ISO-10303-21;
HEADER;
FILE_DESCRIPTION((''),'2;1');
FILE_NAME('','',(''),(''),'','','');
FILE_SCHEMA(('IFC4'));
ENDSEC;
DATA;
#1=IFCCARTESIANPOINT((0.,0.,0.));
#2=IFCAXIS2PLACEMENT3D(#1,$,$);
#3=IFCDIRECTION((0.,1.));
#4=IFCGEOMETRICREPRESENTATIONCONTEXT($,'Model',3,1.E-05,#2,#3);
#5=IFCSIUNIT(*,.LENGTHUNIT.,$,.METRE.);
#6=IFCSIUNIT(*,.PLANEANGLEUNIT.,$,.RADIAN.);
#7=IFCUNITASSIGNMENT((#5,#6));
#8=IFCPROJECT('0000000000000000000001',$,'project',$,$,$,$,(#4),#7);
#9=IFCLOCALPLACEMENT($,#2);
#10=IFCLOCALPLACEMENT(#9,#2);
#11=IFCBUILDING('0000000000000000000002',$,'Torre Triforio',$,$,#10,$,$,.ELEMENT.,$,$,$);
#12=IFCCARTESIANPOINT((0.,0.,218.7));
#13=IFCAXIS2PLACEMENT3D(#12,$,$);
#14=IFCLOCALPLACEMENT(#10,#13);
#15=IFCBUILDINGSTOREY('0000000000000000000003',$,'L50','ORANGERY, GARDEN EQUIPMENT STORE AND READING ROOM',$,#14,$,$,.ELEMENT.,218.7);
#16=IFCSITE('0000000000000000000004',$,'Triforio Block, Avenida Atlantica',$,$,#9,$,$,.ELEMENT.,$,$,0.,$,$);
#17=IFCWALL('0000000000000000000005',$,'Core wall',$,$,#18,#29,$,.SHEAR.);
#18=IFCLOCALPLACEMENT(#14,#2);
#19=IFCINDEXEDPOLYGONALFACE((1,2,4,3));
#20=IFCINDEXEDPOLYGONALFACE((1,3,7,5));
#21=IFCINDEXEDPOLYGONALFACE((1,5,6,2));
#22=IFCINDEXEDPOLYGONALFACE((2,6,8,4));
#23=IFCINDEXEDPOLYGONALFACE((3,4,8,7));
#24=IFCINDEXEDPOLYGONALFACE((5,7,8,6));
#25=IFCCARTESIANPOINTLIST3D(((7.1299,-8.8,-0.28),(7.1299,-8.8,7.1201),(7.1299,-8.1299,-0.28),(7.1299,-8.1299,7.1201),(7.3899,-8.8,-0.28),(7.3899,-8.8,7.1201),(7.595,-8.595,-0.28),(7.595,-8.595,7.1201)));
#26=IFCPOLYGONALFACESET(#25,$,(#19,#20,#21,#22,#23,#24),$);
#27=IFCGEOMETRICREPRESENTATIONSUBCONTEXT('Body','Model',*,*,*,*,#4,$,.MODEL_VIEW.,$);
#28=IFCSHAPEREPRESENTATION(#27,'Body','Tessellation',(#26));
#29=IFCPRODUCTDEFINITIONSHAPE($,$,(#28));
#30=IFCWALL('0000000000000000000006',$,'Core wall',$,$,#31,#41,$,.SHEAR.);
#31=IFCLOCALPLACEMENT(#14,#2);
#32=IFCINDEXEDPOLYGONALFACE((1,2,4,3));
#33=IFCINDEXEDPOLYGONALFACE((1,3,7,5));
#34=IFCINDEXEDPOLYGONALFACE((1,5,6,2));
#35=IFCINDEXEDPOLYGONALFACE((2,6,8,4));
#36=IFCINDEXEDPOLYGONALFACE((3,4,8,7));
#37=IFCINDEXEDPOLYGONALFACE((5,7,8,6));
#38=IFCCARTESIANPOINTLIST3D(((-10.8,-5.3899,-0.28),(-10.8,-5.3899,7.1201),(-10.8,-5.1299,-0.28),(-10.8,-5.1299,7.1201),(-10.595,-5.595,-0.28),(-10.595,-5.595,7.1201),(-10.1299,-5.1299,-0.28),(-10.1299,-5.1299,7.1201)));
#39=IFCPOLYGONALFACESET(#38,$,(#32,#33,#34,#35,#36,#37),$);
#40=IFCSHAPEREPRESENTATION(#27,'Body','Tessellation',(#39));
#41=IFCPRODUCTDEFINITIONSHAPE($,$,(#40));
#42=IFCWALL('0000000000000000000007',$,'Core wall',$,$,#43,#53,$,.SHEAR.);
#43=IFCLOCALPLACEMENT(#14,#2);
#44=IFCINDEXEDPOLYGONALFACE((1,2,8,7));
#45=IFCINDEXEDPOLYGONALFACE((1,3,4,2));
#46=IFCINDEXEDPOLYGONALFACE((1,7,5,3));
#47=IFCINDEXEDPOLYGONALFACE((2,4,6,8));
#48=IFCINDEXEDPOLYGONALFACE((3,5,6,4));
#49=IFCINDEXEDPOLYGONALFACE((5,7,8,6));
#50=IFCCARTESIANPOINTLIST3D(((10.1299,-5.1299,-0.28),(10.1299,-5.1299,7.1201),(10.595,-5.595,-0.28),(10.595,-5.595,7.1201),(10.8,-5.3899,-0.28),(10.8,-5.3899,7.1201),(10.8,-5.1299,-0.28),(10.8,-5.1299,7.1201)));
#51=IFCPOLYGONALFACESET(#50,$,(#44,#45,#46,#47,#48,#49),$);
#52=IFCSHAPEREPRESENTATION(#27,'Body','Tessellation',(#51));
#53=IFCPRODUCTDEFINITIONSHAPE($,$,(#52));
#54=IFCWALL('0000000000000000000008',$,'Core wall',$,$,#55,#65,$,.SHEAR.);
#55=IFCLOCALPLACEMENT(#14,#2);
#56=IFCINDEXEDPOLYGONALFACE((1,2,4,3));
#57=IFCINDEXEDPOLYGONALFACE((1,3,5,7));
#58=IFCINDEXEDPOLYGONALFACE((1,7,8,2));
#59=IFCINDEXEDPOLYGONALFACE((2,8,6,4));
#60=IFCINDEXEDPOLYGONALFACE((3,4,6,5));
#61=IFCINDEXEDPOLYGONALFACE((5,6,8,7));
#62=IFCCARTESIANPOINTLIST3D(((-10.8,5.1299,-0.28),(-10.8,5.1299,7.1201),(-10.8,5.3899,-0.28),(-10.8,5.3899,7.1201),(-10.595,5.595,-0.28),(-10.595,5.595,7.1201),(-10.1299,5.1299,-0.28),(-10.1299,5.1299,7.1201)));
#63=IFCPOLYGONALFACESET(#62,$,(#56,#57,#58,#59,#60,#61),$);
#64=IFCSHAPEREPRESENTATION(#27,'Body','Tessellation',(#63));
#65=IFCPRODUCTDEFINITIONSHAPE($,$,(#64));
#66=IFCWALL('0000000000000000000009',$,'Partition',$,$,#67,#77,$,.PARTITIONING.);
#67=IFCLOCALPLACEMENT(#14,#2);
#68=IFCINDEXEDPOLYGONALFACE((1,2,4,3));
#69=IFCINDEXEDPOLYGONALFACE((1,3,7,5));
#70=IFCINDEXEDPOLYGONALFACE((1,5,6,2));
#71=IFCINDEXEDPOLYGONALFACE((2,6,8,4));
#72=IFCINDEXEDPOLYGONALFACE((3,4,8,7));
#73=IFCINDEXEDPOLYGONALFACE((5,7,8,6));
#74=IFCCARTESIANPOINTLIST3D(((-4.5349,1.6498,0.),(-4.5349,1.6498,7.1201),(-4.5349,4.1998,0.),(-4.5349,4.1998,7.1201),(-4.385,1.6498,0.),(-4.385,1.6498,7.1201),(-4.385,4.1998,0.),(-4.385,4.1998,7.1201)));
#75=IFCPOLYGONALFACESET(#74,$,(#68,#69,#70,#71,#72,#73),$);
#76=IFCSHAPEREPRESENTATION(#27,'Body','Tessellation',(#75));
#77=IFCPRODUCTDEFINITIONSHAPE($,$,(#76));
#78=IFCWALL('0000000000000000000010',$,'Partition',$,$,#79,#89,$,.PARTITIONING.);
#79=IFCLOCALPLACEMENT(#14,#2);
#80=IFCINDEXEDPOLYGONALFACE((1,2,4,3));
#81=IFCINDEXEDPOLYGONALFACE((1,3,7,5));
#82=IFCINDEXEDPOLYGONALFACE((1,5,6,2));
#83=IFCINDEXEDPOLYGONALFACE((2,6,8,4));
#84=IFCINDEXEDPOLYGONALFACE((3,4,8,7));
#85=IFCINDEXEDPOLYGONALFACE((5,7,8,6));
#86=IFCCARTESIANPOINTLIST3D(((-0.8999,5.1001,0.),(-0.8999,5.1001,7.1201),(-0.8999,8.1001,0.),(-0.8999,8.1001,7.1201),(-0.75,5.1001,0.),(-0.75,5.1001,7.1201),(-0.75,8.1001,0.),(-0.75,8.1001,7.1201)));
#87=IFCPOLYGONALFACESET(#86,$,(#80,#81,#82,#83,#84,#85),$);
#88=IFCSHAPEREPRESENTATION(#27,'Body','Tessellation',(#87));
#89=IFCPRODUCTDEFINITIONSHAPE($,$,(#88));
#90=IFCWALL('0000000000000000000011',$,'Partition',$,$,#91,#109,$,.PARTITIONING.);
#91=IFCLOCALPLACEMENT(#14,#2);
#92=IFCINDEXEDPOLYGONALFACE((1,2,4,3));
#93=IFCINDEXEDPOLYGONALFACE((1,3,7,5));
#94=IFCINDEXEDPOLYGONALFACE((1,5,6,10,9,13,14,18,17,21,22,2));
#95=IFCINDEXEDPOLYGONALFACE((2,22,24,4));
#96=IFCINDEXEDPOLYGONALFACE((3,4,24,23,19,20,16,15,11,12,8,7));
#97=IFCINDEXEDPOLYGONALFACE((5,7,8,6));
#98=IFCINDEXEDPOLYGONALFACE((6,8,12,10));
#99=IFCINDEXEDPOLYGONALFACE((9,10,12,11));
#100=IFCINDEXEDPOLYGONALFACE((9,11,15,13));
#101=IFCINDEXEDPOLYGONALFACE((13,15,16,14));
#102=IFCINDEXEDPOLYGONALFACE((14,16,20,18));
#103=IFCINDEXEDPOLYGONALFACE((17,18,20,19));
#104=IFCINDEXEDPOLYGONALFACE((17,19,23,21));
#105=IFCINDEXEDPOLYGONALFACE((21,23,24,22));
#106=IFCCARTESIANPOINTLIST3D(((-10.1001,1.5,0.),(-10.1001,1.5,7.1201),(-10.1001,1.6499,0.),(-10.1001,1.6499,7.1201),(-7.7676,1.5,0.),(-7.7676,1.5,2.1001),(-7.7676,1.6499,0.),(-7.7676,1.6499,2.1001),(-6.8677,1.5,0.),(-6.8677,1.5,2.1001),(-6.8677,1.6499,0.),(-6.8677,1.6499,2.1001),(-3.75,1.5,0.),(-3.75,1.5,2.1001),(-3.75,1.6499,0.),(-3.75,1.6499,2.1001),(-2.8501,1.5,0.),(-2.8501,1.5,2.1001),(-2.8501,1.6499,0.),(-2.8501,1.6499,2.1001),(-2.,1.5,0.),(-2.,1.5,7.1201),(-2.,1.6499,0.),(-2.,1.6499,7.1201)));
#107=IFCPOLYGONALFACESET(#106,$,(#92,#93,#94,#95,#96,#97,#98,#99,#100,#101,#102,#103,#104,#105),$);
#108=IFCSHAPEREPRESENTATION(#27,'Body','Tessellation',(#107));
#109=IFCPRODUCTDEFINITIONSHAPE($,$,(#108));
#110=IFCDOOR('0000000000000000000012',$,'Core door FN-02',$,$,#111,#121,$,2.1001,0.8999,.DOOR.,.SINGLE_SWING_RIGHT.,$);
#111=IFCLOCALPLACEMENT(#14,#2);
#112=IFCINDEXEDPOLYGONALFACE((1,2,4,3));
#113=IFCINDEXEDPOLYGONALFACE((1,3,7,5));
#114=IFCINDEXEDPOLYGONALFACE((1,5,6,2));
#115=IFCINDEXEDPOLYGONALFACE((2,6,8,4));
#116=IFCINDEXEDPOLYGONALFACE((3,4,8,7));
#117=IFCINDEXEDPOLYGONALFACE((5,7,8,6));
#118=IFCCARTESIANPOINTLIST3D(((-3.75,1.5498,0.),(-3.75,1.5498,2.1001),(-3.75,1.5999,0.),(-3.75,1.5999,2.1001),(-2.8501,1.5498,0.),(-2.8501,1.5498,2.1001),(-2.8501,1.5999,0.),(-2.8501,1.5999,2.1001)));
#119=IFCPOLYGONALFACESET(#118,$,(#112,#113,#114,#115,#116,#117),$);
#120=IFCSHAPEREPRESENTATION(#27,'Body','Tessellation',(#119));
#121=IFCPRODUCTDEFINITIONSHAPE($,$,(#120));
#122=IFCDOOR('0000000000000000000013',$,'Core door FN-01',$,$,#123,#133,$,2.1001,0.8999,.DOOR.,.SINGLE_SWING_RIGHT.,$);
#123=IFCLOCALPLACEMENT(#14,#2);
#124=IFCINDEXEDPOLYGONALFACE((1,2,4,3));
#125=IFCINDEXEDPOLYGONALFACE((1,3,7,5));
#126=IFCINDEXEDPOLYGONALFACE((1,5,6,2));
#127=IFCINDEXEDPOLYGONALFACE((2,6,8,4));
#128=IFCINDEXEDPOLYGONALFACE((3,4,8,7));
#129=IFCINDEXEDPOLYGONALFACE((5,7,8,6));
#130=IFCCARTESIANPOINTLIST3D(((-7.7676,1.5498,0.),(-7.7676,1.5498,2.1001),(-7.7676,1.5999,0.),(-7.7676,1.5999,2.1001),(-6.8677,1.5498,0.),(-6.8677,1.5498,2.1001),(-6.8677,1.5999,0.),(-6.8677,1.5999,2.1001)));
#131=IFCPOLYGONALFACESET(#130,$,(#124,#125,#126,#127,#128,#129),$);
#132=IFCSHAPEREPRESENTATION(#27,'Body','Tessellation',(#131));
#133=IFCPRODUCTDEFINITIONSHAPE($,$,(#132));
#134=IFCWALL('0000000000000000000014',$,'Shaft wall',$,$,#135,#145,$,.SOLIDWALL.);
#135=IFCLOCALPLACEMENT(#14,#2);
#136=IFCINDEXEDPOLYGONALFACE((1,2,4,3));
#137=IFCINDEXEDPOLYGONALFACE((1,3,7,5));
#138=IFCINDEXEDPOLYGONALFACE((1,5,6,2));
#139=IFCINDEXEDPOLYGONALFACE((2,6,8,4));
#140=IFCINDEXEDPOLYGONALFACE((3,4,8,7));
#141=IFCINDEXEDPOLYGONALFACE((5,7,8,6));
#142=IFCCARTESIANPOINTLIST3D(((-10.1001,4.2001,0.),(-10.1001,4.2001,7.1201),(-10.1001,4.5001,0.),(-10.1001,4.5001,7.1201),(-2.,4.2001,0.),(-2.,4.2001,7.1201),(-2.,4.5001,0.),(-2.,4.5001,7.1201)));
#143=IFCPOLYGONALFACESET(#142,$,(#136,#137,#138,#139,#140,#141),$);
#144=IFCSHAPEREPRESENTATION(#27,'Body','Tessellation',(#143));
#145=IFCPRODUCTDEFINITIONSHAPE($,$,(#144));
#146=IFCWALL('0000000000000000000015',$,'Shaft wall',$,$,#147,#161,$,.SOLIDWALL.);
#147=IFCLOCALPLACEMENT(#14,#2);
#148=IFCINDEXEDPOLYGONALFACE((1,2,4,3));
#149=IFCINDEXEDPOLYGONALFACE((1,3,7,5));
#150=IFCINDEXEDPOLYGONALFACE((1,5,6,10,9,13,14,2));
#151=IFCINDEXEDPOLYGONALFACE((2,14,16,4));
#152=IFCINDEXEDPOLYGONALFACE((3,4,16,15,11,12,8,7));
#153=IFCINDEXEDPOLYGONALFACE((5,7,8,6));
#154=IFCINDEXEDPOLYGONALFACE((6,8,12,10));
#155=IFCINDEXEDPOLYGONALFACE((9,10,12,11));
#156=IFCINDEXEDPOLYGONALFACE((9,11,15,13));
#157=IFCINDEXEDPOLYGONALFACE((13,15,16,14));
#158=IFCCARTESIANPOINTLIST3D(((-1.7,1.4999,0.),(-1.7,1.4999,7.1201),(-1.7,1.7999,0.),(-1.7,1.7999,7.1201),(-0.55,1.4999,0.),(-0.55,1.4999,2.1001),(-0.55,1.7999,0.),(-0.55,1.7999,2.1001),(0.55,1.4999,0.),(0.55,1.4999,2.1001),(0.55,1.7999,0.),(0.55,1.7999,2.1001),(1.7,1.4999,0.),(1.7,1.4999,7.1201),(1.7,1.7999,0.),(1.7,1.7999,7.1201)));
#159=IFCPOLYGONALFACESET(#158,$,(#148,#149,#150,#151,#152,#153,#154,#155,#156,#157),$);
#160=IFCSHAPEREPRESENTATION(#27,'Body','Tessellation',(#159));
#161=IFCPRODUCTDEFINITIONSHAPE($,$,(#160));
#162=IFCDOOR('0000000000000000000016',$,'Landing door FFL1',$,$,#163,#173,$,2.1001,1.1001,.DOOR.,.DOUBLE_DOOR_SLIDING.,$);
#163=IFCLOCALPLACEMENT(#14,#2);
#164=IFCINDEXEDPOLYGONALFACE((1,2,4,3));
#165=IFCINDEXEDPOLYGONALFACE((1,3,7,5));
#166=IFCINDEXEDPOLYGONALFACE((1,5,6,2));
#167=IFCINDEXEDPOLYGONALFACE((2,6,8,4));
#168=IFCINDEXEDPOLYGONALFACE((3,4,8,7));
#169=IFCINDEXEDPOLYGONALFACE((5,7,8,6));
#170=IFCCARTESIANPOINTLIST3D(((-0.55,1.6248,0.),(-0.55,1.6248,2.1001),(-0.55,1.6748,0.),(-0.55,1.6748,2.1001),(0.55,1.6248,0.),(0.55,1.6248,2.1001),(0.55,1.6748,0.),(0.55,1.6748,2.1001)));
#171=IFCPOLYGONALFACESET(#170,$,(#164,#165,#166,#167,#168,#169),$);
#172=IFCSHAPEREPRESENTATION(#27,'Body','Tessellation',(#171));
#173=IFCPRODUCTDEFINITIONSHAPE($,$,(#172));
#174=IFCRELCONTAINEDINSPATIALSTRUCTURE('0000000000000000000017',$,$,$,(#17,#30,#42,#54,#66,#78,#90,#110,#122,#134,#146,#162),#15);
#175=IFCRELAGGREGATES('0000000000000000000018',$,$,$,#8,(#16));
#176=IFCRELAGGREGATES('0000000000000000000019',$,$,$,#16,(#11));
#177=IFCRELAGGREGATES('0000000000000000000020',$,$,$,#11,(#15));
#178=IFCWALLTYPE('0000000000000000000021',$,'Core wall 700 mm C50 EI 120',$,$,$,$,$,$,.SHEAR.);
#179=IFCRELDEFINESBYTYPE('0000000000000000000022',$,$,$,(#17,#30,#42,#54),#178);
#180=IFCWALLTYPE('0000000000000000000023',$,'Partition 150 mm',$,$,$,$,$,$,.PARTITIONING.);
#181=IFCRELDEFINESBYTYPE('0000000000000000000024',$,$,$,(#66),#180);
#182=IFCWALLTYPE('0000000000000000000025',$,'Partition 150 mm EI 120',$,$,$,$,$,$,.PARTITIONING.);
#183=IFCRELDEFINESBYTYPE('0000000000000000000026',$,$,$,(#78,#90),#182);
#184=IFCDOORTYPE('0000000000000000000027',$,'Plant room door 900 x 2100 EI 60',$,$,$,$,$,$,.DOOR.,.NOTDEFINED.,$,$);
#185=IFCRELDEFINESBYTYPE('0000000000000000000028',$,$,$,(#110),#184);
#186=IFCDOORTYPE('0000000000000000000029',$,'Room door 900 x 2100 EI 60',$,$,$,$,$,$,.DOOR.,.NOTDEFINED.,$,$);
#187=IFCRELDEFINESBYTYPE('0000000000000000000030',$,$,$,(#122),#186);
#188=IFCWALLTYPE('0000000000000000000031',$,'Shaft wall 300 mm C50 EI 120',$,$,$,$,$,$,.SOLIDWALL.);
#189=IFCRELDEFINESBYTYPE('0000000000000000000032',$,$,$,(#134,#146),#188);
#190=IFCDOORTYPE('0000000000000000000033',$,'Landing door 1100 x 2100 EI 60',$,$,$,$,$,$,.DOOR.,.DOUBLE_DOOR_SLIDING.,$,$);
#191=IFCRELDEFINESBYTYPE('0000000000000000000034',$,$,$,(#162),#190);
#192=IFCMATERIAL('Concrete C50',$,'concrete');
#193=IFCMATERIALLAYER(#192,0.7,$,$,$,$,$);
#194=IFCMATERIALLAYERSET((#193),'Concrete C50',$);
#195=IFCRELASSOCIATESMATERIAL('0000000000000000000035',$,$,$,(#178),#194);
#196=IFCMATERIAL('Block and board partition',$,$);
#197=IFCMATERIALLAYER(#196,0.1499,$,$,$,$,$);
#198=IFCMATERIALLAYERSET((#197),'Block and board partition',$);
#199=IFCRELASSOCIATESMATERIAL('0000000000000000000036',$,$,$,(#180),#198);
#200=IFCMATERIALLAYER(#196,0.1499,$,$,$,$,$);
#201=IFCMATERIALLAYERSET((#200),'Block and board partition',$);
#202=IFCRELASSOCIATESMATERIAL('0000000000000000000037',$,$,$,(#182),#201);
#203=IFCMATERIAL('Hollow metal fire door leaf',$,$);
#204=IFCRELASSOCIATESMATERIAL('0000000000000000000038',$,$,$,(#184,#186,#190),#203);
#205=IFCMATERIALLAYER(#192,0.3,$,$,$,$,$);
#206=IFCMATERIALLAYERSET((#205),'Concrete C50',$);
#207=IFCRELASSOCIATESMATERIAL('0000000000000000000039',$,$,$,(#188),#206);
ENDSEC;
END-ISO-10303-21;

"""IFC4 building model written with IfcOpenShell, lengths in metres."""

from ifc_helpers import new_model, si_unit, direction, frame, frame_2d, origin, place, context, subcontext, project, spatial, polyline, rectangle, outline, extrude, material, layer, layer_set, type_object, element, fill, save


model = new_model("IFC4")

# Units and contexts
model_context = context("Model", 3, precision=1e-05, world=origin(), true_north=direction((0.0, 1.0)))
body_context = subcontext(model_context, "Body", "Model", "MODEL_VIEW")
ifc_project = project(units=[si_unit("LENGTHUNIT", "METRE"), si_unit("PLANEANGLEUNIT", "RADIAN")], contexts=[model_context])

# Site, building, storey
site_placement = place(None, origin())
site = spatial("IfcSite", under=ifc_project, at=site_placement, Name="Triforio Block, Avenida Atlantica", CompositionType="ELEMENT", RefElevation=0.0)
building_placement = place(site_placement, origin())
building = spatial("IfcBuilding", under=site, at=building_placement, Name="Torre Triforio", CompositionType="ELEMENT")
storey_placement = place(building_placement, frame((0.0, 0.0, 218.7)))
storey = spatial("IfcBuildingStorey", under=building, at=storey_placement, Name="L50", Description="ORANGERY, GARDEN EQUIPMENT STORE AND READING ROOM", CompositionType="ELEMENT", Elevation=218.7)

# Walls
ifc_material_1 = material(Name="Concrete C50", Category="concrete")
ifc_layer_1 = layer(ifc_material_1, 0.7)
ifc_layer_set_1 = layer_set([ifc_layer_1], Name="Concrete C50")
wall_type_1 = type_object("IfcWallType", Name="Core wall 700 mm C50 EI 120", PredefinedType="SHEAR", material=ifc_layer_set_1)
wall_1_placement = place(storey_placement, frame((0.0, 0.0, -0.28)))
element("IfcWall", 1, at=wall_1_placement, inside=storey, type_object=wall_type_1, Name="Core wall", PredefinedType="SHEAR", context=body_context, shape_type="SweptSolid", body=[
    extrude(outline(polyline([(7.3899, -8.8), (7.1299, -8.8), (7.1299, -8.8), (7.1299, -8.1299), (7.595, -8.595), (7.595, -8.595), (7.595, -8.595), (7.3899, -8.8)])), origin(), (0.0, 0.0, 1.0), 7.4001),
])
wall_2_placement = place(storey_placement, frame((0.0, 0.0, -0.28)))
element("IfcWall", 2, at=wall_2_placement, inside=storey, type_object=wall_type_1, Name="Core wall", PredefinedType="SHEAR", context=body_context, shape_type="SweptSolid", body=[
    extrude(outline(polyline([(-10.8, -5.3899), (-10.8, -5.1299), (-10.8, -5.1299), (-10.1299, -5.1299), (-10.595, -5.595), (-10.595, -5.595), (-10.595, -5.595), (-10.8, -5.3899)])), origin(), (0.0, 0.0, 1.0), 7.4001),
])
wall_3_placement = place(storey_placement, frame((0.0, 0.0, -0.28)))
element("IfcWall", 3, at=wall_3_placement, inside=storey, type_object=wall_type_1, Name="Core wall", PredefinedType="SHEAR", context=body_context, shape_type="SweptSolid", body=[
    extrude(outline(polyline([(10.8, -5.3899), (10.595, -5.595), (10.595, -5.595), (10.595, -5.595), (10.1299, -5.1299), (10.8, -5.1299), (10.8, -5.1299), (10.8, -5.3899)])), origin(), (0.0, 0.0, 1.0), 7.4001),
])
wall_4_placement = place(storey_placement, frame((0.0, 0.0, -0.28)))
element("IfcWall", 4, at=wall_4_placement, inside=storey, type_object=wall_type_1, Name="Core wall", PredefinedType="SHEAR", context=body_context, shape_type="SweptSolid", body=[
    extrude(outline(polyline([(-10.595, 5.595), (-10.595, 5.595), (-10.595, 5.595), (-10.1299, 5.1299), (-10.8, 5.1299), (-10.8, 5.1299), (-10.8, 5.3899), (-10.595, 5.595)])), origin(), (0.0, 0.0, 1.0), 7.4001),
])
ifc_material_2 = material(Name="Block and board partition")
ifc_layer_2 = layer(ifc_material_2, 0.1499)
ifc_layer_set_2 = layer_set([ifc_layer_2], Name="Block and board partition")
wall_type_2 = type_object("IfcWallType", Name="Partition 150 mm", PredefinedType="PARTITIONING", material=ifc_layer_set_2)
wall_5_placement = place(storey_placement, frame((-4.46, 1.6499, 0.0), z_axis=(0.0, 0.0, 1.0), x_axis=(0.0, 1.0, 0.0)))
element("IfcWall", 5, at=wall_5_placement, inside=storey, type_object=wall_type_2, Name="Partition", PredefinedType="PARTITIONING", context=body_context, shape_type="SweptSolid", body=[
    extrude(rectangle(XDim=2.55, YDim=0.1499, at=frame_2d((1.2749, 0.0))), origin(), (0.0, 0.0, 1.0), 7.1201),
])
ifc_layer_3 = layer(ifc_material_2, 0.1499)
ifc_layer_set_3 = layer_set([ifc_layer_3], Name="Block and board partition")
wall_type_3 = type_object("IfcWallType", Name="Partition 150 mm EI 120", PredefinedType="PARTITIONING", material=ifc_layer_set_3)
wall_6_placement = place(storey_placement, frame((-0.825, 5.1001, 0.0), z_axis=(0.0, 0.0, 1.0), x_axis=(0.0, 1.0, 0.0)))
element("IfcWall", 6, at=wall_6_placement, inside=storey, type_object=wall_type_3, Name="Partition", PredefinedType="PARTITIONING", context=body_context, shape_type="SweptSolid", body=[
    extrude(rectangle(XDim=3.0, YDim=0.1499, at=frame_2d((1.5, 0.0))), origin(), (0.0, 0.0, 1.0), 7.1201),
])

# Wall, openings, doors
wall_7_placement = place(storey_placement, frame((-10.1001, 1.575, 0.0), z_axis=(0.0, 0.0, 1.0), x_axis=(1.0, 0.0, 0.0)))
wall_7 = element("IfcWall", 7, at=wall_7_placement, inside=storey, type_object=wall_type_3, Name="Partition", PredefinedType="PARTITIONING", context=body_context, shape_type="SweptSolid", body=[
    extrude(rectangle(XDim=8.1001, YDim=0.1499, at=frame_2d((4.05, 0.0))), origin(), (0.0, 0.0, 1.0), 7.1201),
])
opening_1_placement = place(wall_7_placement, frame((2.3325, 0.0, 0.0)))
opening_1 = element("IfcOpeningElement", 8, at=opening_1_placement, cuts=wall_7, PredefinedType="OPENING", context=body_context, shape_type="SweptSolid", body=[
    extrude(rectangle(XDim=0.8999, YDim=2.1001, at=frame_2d((0.45, 1.05))), frame((0.0, 0.085, 0.0), z_axis=(0.0, -1.0, 0.0), x_axis=(1.0, 0.0, 0.0)), (0.0, 0.0, 1.0), 0.1699),
])
opening_2_placement = place(wall_7_placement, frame((6.3501, 0.0, 0.0)))
opening_2 = element("IfcOpeningElement", 9, at=opening_2_placement, cuts=wall_7, PredefinedType="OPENING", context=body_context, shape_type="SweptSolid", body=[
    extrude(rectangle(XDim=0.8999, YDim=2.1001, at=frame_2d((0.45, 1.05))), frame((0.0, 0.085, 0.0), z_axis=(0.0, -1.0, 0.0), x_axis=(1.0, 0.0, 0.0)), (0.0, 0.0, 1.0), 0.1699),
])
ifc_material_3 = material(Name="Hollow metal fire door leaf")
door_type_1 = type_object("IfcDoorType", Name="Plant room door 900 x 2100 EI 60", OperationType="NOTDEFINED", PredefinedType="DOOR", material=ifc_material_3)
door_1_placement = place(opening_2_placement, origin())
door_1 = element("IfcDoor", 10, at=door_1_placement, inside=storey, type_object=door_type_1, Name="Core door FN-02", OperationType="SINGLE_SWING_RIGHT", OverallHeight=2.1001, OverallWidth=0.8999, PredefinedType="DOOR", context=body_context, shape_type="SweptSolid", body=[
    extrude(rectangle(XDim=0.8999, YDim=2.1001, at=frame_2d((0.45, 1.05))), frame((0.0, 0.0249, 0.0), z_axis=(0.0, -1.0, 0.0), x_axis=(1.0, 0.0, 0.0)), (0.0, 0.0, 1.0), 0.05),
])
fill(opening_2, door_1)
door_type_2 = type_object("IfcDoorType", Name="Room door 900 x 2100 EI 60", OperationType="NOTDEFINED", PredefinedType="DOOR", material=ifc_material_3)
door_2_placement = place(opening_1_placement, origin())
door_2 = element("IfcDoor", 11, at=door_2_placement, inside=storey, type_object=door_type_2, Name="Core door FN-01", OperationType="SINGLE_SWING_RIGHT", OverallHeight=2.1001, OverallWidth=0.8999, PredefinedType="DOOR", context=body_context, shape_type="SweptSolid", body=[
    extrude(rectangle(XDim=0.8999, YDim=2.1001, at=frame_2d((0.45, 1.05))), frame((0.0, 0.0249, 0.0), z_axis=(0.0, -1.0, 0.0), x_axis=(1.0, 0.0, 0.0)), (0.0, 0.0, 1.0), 0.05),
])
fill(opening_1, door_2)

# Wall
ifc_layer_4 = layer(ifc_material_1, 0.3)
ifc_layer_set_4 = layer_set([ifc_layer_4], Name="Concrete C50")
wall_type_4 = type_object("IfcWallType", Name="Shaft wall 300 mm C50 EI 120", PredefinedType="SOLIDWALL", material=ifc_layer_set_4)
wall_8_placement = place(storey_placement, frame((-10.1001, 4.3501, 0.0), z_axis=(0.0, 0.0, 1.0), x_axis=(1.0, 0.0, 0.0)))
element("IfcWall", 12, at=wall_8_placement, inside=storey, type_object=wall_type_4, Name="Shaft wall", PredefinedType="SOLIDWALL", context=body_context, shape_type="SweptSolid", body=[
    extrude(rectangle(XDim=8.1001, YDim=0.3, at=frame_2d((4.05, 0.0))), origin(), (0.0, 0.0, 1.0), 7.1201),
])

# Wall, opening, door
wall_9_placement = place(storey_placement, frame((-1.7, 1.6499, 0.0), z_axis=(0.0, 0.0, 1.0), x_axis=(1.0, 0.0, 0.0)))
wall_9 = element("IfcWall", 13, at=wall_9_placement, inside=storey, type_object=wall_type_4, Name="Shaft wall", PredefinedType="SOLIDWALL", context=body_context, shape_type="SweptSolid", body=[
    extrude(rectangle(XDim=3.3999, YDim=0.3, at=frame_2d((1.7, 0.0))), origin(), (0.0, 0.0, 1.0), 7.1201),
])
opening_3_placement = place(wall_9_placement, frame((1.1499, 0.0, 0.0)))
opening_3 = element("IfcOpeningElement", 14, at=opening_3_placement, cuts=wall_9, PredefinedType="OPENING", context=body_context, shape_type="SweptSolid", body=[
    extrude(rectangle(XDim=1.1001, YDim=2.1001, at=frame_2d((0.55, 1.05))), frame((0.0, 0.1599, 0.0), z_axis=(0.0, -1.0, 0.0), x_axis=(1.0, 0.0, 0.0)), (0.0, 0.0, 1.0), 0.3201),
])
door_type_3 = type_object("IfcDoorType", Name="Landing door 1100 x 2100 EI 60", OperationType="DOUBLE_DOOR_SLIDING", PredefinedType="DOOR", material=ifc_material_3)
door_3_placement = place(opening_3_placement, origin())
door_3 = element("IfcDoor", 15, at=door_3_placement, inside=storey, type_object=door_type_3, Name="Landing door FFL1", OperationType="DOUBLE_DOOR_SLIDING", OverallHeight=2.1001, OverallWidth=1.1001, PredefinedType="DOOR", context=body_context, shape_type="SweptSolid", body=[
    extrude(rectangle(XDim=1.1001, YDim=2.1001, at=frame_2d((0.55, 1.05))), frame((0.0, 0.0249, 0.0), z_axis=(0.0, -1.0, 0.0), x_axis=(1.0, 0.0, 0.0)), (0.0, 0.0, 1.0), 0.05),
])
fill(opening_3, door_3)

save(model, "model.ifc")
